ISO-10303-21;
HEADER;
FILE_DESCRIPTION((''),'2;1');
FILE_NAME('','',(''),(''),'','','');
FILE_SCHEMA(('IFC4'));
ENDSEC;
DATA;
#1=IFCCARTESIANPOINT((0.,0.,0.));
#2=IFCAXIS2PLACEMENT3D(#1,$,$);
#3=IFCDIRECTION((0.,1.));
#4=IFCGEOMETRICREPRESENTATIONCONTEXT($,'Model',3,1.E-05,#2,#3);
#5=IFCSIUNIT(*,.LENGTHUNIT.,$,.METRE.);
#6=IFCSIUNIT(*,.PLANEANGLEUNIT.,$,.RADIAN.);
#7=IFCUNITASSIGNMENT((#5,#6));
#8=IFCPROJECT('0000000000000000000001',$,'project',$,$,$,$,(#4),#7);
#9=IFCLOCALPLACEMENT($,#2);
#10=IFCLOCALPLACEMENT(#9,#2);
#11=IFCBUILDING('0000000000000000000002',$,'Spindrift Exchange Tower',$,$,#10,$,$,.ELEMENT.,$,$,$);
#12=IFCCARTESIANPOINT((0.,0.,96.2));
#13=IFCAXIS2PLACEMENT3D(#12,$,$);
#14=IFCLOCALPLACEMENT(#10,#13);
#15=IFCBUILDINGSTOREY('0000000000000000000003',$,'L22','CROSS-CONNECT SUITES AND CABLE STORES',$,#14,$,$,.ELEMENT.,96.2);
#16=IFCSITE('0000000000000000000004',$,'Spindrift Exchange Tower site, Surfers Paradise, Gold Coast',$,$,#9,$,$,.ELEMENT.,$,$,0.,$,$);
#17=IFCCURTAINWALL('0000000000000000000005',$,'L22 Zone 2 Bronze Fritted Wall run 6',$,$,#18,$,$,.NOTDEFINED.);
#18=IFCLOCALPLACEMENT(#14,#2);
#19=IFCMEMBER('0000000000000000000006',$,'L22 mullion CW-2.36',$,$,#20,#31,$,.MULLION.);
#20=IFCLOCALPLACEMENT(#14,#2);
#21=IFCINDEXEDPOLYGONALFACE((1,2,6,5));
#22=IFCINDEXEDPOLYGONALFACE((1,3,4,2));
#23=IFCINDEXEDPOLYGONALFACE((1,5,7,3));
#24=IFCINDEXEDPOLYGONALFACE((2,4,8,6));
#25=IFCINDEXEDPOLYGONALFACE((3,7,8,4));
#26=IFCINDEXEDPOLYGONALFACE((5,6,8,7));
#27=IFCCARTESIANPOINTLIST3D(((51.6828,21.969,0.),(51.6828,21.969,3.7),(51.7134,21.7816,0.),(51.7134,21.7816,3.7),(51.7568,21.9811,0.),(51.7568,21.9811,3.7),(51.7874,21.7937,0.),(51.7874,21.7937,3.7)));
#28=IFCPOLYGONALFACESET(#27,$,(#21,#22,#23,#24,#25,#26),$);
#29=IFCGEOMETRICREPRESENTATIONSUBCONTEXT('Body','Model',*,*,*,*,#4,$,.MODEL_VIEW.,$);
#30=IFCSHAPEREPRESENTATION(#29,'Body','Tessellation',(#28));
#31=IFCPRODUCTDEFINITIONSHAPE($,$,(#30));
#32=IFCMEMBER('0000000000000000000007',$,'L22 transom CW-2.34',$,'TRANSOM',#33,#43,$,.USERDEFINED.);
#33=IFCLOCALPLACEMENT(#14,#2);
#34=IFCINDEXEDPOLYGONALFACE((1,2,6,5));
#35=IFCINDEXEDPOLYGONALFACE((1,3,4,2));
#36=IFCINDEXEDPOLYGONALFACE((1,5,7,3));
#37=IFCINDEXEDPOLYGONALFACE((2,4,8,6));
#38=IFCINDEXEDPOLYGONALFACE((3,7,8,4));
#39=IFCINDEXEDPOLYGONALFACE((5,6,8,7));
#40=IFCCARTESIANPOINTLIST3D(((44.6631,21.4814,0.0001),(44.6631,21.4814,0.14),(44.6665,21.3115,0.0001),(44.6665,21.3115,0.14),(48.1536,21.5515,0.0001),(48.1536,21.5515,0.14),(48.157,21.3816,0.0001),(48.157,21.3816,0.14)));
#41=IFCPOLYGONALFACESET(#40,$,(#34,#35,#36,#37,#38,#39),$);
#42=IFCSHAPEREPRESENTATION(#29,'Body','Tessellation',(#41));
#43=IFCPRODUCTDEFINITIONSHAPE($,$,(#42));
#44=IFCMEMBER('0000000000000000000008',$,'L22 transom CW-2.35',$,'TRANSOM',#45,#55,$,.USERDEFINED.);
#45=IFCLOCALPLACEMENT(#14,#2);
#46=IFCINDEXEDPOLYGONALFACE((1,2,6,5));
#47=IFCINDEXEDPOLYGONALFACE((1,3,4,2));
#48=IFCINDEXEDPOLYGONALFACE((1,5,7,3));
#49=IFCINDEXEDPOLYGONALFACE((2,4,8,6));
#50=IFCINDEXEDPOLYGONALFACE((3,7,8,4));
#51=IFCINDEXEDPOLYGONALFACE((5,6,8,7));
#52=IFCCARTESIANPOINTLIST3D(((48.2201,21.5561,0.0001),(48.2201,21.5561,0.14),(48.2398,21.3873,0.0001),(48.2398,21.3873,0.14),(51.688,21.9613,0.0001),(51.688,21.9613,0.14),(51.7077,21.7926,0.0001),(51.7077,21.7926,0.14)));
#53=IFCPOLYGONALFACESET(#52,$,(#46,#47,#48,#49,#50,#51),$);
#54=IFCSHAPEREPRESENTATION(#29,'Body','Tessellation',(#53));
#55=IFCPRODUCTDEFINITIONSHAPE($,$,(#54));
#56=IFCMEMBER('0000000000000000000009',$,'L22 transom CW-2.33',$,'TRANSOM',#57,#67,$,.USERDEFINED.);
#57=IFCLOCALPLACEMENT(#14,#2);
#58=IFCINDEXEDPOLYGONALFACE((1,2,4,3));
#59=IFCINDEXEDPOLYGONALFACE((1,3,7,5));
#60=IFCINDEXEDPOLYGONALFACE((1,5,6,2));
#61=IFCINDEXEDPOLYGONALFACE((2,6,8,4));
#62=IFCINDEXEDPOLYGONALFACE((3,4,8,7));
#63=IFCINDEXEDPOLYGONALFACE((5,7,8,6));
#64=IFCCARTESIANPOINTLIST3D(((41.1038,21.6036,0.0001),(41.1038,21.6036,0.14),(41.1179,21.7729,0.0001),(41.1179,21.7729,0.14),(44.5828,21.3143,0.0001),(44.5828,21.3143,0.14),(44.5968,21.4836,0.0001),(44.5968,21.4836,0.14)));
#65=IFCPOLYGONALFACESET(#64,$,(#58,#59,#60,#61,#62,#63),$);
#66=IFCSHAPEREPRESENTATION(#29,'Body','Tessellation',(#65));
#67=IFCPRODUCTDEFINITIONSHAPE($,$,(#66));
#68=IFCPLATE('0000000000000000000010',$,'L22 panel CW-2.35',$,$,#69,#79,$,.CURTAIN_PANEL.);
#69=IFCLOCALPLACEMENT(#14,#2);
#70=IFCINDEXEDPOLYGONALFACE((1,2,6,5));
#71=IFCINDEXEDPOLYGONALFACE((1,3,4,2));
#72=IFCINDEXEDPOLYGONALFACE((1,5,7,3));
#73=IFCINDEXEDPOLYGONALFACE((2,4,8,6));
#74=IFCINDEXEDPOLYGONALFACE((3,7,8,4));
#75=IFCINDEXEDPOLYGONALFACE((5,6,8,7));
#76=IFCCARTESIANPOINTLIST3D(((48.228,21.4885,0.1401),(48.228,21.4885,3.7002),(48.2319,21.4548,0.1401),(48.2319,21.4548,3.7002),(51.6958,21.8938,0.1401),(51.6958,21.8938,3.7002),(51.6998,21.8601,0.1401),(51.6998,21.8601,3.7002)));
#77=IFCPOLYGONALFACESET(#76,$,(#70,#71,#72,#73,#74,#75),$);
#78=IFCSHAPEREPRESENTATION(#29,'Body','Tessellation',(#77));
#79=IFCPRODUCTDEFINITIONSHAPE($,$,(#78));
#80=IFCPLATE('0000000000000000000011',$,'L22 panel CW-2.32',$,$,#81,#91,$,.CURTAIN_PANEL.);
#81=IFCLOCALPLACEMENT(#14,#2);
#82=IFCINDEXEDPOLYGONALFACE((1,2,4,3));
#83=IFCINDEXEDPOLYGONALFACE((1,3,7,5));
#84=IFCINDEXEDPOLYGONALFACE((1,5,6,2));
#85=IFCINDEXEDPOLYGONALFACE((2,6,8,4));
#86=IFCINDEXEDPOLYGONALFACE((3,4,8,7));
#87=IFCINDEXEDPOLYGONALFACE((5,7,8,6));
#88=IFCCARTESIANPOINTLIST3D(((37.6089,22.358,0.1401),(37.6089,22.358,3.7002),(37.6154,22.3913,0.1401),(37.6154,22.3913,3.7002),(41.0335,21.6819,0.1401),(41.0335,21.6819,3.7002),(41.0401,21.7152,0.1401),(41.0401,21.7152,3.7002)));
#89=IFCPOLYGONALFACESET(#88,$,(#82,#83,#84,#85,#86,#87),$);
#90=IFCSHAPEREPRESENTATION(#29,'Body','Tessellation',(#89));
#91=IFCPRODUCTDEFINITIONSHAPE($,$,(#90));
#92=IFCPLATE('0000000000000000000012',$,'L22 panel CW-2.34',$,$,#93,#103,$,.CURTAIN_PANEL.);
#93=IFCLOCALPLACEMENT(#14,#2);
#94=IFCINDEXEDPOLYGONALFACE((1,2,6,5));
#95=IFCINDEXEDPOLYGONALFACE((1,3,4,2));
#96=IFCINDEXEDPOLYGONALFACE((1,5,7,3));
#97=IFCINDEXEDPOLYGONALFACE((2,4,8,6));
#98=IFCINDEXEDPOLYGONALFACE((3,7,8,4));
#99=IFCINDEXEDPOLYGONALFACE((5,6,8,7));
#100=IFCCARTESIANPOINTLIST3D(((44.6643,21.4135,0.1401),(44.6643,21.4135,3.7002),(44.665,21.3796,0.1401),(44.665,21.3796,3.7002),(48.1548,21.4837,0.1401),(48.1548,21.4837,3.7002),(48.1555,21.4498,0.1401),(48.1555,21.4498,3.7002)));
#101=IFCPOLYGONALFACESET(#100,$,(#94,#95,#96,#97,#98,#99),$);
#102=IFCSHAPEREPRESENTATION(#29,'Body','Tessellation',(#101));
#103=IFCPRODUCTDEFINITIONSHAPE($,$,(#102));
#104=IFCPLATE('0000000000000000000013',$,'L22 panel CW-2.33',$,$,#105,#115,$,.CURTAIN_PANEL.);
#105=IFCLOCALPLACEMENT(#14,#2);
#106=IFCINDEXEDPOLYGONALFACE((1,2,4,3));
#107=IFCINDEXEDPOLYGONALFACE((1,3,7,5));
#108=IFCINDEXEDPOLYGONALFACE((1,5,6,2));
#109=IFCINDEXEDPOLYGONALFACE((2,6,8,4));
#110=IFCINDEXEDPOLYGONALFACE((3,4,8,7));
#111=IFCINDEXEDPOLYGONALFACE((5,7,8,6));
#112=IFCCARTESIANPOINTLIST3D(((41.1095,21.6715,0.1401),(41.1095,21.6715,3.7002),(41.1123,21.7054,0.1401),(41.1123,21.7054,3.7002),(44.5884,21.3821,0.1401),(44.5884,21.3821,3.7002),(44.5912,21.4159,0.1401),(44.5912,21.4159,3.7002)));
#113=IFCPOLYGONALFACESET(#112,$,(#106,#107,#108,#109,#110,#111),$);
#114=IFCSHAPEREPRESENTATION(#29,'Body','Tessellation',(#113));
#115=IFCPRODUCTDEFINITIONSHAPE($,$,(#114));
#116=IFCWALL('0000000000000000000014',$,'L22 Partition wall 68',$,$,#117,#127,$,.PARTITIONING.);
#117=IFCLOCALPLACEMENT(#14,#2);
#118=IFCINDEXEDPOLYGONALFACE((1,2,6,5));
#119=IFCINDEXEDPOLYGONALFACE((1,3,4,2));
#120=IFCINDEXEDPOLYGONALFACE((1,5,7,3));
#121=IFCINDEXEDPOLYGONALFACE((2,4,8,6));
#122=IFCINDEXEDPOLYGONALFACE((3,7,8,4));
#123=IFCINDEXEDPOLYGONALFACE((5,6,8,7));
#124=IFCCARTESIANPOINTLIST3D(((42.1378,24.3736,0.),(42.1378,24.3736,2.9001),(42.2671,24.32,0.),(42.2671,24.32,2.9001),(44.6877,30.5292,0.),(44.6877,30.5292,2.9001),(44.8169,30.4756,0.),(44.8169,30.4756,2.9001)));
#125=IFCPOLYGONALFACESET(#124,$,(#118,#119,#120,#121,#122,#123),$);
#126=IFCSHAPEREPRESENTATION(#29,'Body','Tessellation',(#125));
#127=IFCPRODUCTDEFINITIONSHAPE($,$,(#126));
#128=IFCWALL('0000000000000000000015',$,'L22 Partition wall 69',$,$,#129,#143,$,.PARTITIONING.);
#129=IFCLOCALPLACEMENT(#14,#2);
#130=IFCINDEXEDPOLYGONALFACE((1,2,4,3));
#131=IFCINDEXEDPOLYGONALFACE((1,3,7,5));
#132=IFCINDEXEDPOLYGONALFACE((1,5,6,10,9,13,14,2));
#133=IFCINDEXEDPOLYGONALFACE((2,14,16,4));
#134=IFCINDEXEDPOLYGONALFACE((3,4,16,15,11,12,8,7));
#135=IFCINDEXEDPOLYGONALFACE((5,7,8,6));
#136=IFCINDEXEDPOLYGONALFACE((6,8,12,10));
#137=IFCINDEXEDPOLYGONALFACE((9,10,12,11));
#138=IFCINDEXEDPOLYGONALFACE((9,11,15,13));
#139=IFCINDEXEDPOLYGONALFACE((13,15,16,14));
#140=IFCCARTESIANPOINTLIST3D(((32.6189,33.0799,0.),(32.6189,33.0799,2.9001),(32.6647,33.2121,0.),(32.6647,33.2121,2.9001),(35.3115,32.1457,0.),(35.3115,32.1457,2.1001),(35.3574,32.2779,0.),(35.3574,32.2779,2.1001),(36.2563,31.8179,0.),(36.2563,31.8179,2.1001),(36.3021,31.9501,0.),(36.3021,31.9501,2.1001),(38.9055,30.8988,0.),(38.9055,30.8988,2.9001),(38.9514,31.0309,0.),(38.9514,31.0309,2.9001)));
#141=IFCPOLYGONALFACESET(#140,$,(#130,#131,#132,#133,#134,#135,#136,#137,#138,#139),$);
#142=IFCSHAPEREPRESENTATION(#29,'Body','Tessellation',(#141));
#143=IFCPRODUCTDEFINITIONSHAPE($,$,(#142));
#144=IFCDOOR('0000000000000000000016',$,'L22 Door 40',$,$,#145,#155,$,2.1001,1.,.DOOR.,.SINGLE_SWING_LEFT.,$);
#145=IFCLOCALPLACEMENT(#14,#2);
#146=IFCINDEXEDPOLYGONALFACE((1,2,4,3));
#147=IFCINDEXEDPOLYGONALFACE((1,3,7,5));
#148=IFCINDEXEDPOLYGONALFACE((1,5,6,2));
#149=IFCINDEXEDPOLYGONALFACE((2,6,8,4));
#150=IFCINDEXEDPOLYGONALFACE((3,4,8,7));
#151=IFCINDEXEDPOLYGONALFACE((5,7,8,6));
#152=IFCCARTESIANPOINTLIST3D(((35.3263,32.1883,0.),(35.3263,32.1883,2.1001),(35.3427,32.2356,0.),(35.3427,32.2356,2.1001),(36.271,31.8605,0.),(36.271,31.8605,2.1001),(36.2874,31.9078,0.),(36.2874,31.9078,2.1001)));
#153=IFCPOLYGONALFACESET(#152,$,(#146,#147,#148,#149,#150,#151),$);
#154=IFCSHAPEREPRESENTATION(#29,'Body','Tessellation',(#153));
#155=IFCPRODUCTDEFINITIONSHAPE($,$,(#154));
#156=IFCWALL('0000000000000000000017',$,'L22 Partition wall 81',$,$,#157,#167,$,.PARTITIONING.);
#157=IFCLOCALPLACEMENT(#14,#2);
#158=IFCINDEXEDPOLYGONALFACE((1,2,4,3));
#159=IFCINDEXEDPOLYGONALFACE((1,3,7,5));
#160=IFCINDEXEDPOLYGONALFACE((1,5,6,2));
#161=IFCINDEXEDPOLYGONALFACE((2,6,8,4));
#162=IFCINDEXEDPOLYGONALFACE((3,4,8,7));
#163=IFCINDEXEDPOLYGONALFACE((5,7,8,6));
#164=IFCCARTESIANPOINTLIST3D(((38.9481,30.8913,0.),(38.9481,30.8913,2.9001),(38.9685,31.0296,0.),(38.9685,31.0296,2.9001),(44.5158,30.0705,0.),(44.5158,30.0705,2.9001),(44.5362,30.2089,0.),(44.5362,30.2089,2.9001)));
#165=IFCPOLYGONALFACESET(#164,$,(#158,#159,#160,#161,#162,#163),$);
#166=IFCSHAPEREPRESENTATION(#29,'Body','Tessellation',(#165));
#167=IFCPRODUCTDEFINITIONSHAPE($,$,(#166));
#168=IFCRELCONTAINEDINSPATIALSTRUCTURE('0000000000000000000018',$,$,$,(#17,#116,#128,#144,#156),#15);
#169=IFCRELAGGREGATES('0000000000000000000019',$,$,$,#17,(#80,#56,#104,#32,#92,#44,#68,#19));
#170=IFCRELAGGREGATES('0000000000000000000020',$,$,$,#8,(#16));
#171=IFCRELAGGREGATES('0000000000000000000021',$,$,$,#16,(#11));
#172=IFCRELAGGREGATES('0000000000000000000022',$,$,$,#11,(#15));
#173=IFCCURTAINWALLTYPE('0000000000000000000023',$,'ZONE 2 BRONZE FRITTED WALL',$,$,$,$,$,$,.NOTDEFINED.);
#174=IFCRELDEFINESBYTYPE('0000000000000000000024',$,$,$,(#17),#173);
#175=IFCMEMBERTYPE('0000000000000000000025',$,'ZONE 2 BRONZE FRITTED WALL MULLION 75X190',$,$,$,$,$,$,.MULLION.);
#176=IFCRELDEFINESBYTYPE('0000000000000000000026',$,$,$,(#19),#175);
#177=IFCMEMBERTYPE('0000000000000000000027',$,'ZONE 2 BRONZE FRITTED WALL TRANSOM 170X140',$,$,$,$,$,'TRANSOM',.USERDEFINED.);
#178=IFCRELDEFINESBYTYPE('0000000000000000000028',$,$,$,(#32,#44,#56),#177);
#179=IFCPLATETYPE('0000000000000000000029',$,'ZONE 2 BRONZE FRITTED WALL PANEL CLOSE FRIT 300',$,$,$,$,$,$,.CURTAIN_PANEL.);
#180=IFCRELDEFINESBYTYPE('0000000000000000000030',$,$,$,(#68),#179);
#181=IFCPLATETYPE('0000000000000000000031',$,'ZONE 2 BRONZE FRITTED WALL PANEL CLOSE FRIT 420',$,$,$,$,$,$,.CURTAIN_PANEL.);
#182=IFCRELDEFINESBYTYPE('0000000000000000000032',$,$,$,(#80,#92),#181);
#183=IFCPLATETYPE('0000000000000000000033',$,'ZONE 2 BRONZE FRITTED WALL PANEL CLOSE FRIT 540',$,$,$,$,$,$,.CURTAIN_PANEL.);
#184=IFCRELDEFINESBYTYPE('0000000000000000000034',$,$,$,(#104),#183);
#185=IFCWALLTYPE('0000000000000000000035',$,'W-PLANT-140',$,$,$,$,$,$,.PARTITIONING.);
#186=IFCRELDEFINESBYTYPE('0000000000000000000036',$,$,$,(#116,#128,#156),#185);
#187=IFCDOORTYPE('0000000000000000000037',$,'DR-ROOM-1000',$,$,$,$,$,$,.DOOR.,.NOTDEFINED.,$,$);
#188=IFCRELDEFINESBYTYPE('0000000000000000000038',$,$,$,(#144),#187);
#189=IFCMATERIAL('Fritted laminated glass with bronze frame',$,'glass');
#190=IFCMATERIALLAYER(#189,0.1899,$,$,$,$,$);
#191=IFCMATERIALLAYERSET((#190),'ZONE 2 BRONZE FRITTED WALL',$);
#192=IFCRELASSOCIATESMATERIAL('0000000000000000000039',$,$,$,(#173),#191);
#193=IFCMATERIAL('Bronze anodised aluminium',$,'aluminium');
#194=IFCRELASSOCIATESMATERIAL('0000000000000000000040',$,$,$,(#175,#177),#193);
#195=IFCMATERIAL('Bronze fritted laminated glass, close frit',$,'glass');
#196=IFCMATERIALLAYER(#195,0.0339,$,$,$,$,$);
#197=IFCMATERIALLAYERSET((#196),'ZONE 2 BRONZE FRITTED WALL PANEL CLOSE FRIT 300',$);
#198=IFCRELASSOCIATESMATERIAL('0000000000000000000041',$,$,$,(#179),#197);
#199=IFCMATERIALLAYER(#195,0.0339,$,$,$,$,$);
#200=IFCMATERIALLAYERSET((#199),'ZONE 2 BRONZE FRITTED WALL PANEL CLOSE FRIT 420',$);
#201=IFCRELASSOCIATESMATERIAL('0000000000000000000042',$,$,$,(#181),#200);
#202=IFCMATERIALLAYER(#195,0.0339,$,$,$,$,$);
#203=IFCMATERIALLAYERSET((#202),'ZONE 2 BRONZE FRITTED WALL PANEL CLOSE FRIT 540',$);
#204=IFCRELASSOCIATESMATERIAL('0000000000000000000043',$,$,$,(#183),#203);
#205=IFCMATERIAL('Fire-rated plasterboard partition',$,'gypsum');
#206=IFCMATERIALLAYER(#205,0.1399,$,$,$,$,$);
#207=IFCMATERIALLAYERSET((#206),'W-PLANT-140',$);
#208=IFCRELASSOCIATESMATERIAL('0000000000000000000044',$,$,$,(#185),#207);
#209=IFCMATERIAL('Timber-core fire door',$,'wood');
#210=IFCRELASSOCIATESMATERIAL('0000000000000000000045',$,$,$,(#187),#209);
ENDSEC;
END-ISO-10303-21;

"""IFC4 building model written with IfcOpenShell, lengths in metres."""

from ifc_helpers import new_model, si_unit, direction, frame, frame_2d, origin, origin_2d, place, context, subcontext, project, spatial, rectangle, extrude, source, transform, mapped, material, layer, layer_set, material_profile, profile_set, type_object, element, fill, aggregate, save


model = new_model("IFC4")

# Units and contexts
model_context = context("Model", 3, precision=1e-05, world=origin(), true_north=direction((0.0, 1.0)))
body_context = subcontext(model_context, "Body", "Model", "MODEL_VIEW")
ifc_project = project(units=[si_unit("LENGTHUNIT", "METRE"), si_unit("PLANEANGLEUNIT", "RADIAN")], contexts=[model_context])

# Site, building, storey
site_placement = place(None, origin())
site = spatial("IfcSite", under=ifc_project, at=site_placement, Name="Spindrift Exchange Tower site, Surfers Paradise, Gold Coast", CompositionType="ELEMENT", RefElevation=0.0)
building_placement = place(site_placement, origin())
building = spatial("IfcBuilding", under=site, at=building_placement, Name="Spindrift Exchange Tower", CompositionType="ELEMENT")
storey_placement = place(building_placement, frame((0.0, 0.0, 96.2)))
storey = spatial("IfcBuildingStorey", under=building, at=storey_placement, Name="L22", Description="CROSS-CONNECT SUITES AND CABLE STORES", CompositionType="ELEMENT", Elevation=96.2)

# Curtain wall, members, plates
ifc_material_1 = material(Name="Fritted laminated glass with bronze frame", Category="glass")
ifc_layer_1 = layer(ifc_material_1, 0.1899)
ifc_layer_set_1 = layer_set([ifc_layer_1], Name="ZONE 2 BRONZE FRITTED WALL")
curtain_wall_type = type_object("IfcCurtainWallType", Name="ZONE 2 BRONZE FRITTED WALL", PredefinedType="NOTDEFINED", material=ifc_layer_set_1)
curtain_wall_placement = place(storey_placement, origin())
curtain_wall = element("IfcCurtainWall", 1, at=curtain_wall_placement, inside=storey, type_object=curtain_wall_type, Name="L22 Zone 2 Bronze Fritted Wall run 6", PredefinedType="NOTDEFINED")
ifc_material_2 = material(Name="Bronze anodised aluminium", Category="aluminium")
ifc_material_profile_1 = material_profile(ifc_material_2, rectangle(XDim=0.075, YDim=0.1899, at=origin_2d()), Name="ZONE 2 BRONZE FRITTED WALL MULLION 75X190")
ifc_profile_set_1 = profile_set([ifc_material_profile_1], Name="Bronze anodised aluminium")
member_type_1 = type_object("IfcMemberType", Name="ZONE 2 BRONZE FRITTED WALL MULLION 75X190", PredefinedType="MULLION", material=ifc_profile_set_1)
shared_shape_1 = source(origin(), body_context, "Body", "SweptSolid", [
    extrude(rectangle(XDim=0.075, YDim=0.1899, at=origin_2d()), origin(), (0.0, 0.0, 1.0), 3.7),
])
member_1_placement = place(storey_placement, frame((51.7351, 21.8813, 0.0), z_axis=(0.0, 0.0, 1.0), x_axis=(0.986923, 0.161193, 0.0)))
member_1 = element("IfcMember", 2, at=member_1_placement, type_object=member_type_1, Name="L22 mullion CW-2.36", PredefinedType="MULLION", context=body_context, shape_type="MappedRepresentation", body=[
    mapped(shared_shape_1, transform((0.0, 0.0, 0.0), scale=1.0)),
])
ifc_material_profile_2 = material_profile(ifc_material_2, rectangle(XDim=0.1699, YDim=0.1399, at=origin_2d()), Name="ZONE 2 BRONZE FRITTED WALL TRANSOM 170X140")
ifc_profile_set_2 = profile_set([ifc_material_profile_2], Name="Bronze anodised aluminium")
member_type_2 = type_object("IfcMemberType", Name="ZONE 2 BRONZE FRITTED WALL TRANSOM 170X140", ElementType="TRANSOM", PredefinedType="USERDEFINED", material=ifc_profile_set_2)
shared_shape_2 = source(origin(), body_context, "Body", "SweptSolid", [
    extrude(rectangle(XDim=0.1699, YDim=0.1399, at=origin_2d()), origin(), (0.0, 0.0, 1.0), 3.4912),
])
member_2_placement = place(storey_placement, frame((44.6648, 21.3965, 0.0701), z_axis=(0.999799, 0.02007, 0.0), x_axis=(-0.02007, 0.999799, 0.0)))
member_2 = element("IfcMember", 3, at=member_2_placement, type_object=member_type_2, Name="L22 transom CW-2.34", ObjectType="TRANSOM", PredefinedType="USERDEFINED", context=body_context, shape_type="MappedRepresentation", body=[
    mapped(shared_shape_2, transform((0.0, 0.0, 0.0), scale=1.0)),
])
shared_shape_3 = source(origin(), body_context, "Body", "SweptSolid", [
    extrude(rectangle(XDim=0.1699, YDim=0.1399, at=origin_2d()), origin(), (0.0, 0.0, 1.0), 3.4915),
])
member_3_placement = place(storey_placement, frame((48.23, 21.4717, 0.0701), z_axis=(0.99324, 0.116078, 0.0), x_axis=(-0.116078, 0.99324, 0.0)))
member_3 = element("IfcMember", 4, at=member_3_placement, type_object=member_type_2, Name="L22 transom CW-2.35", ObjectType="TRANSOM", PredefinedType="USERDEFINED", context=body_context, shape_type="MappedRepresentation", body=[
    mapped(shared_shape_3, transform((0.0, 0.0, 0.0), scale=1.0)),
])
shared_shape_4 = source(origin(), body_context, "Body", "SweptSolid", [
    extrude(rectangle(XDim=0.1699, YDim=0.1399, at=origin_2d()), origin(), (0.0, 0.0, 1.0), 3.491),
])
member_4_placement = place(storey_placement, frame((41.1108, 21.6882, 0.0701), z_axis=(0.99656, -0.082872, 0.0), x_axis=(0.082872, 0.99656, 0.0)))
member_4 = element("IfcMember", 5, at=member_4_placement, type_object=member_type_2, Name="L22 transom CW-2.33", ObjectType="TRANSOM", PredefinedType="USERDEFINED", context=body_context, shape_type="MappedRepresentation", body=[
    mapped(shared_shape_4, transform((0.0, 0.0, 0.0), scale=1.0)),
])
ifc_material_3 = material(Name="Bronze fritted laminated glass, close frit", Category="glass")
ifc_layer_2 = layer(ifc_material_3, 0.0339)
ifc_layer_set_2 = layer_set([ifc_layer_2], Name="ZONE 2 BRONZE FRITTED WALL PANEL CLOSE FRIT 300")
plate_type_1 = type_object("IfcPlateType", Name="ZONE 2 BRONZE FRITTED WALL PANEL CLOSE FRIT 300", PredefinedType="CURTAIN_PANEL", material=ifc_layer_set_2)
shared_shape_5 = source(origin(), body_context, "Body", "SweptSolid", [
    extrude(rectangle(XDim=3.4915, YDim=0.0339, at=origin_2d()), origin(), (0.0, 0.0, 1.0), 3.5601),
])
plate_1_placement = place(storey_placement, frame((49.9639, 21.6743, 0.1401), z_axis=(0.0, 0.0, 1.0), x_axis=(0.99324, 0.116083, 0.0)))
plate_1 = element("IfcPlate", 6, at=plate_1_placement, type_object=plate_type_1, Name="L22 panel CW-2.35", PredefinedType="CURTAIN_PANEL", context=body_context, shape_type="MappedRepresentation", body=[
    mapped(shared_shape_5, transform((0.0, 0.0, 0.0), scale=1.0)),
])
ifc_layer_3 = layer(ifc_material_3, 0.0339)
ifc_layer_set_3 = layer_set([ifc_layer_3], Name="ZONE 2 BRONZE FRITTED WALL PANEL CLOSE FRIT 420")
plate_type_2 = type_object("IfcPlateType", Name="ZONE 2 BRONZE FRITTED WALL PANEL CLOSE FRIT 420", PredefinedType="CURTAIN_PANEL", material=ifc_layer_set_3)
shared_shape_6 = source(origin(), body_context, "Body", "SweptSolid", [
    extrude(rectangle(XDim=3.4907, YDim=0.0339, at=origin_2d()), origin(), (0.0, 0.0, 1.0), 3.5601),
])
plate_2_placement = place(storey_placement, frame((39.3245, 22.0366, 0.1401), z_axis=(0.0, 0.0, 1.0), x_axis=(0.981065, -0.193678, 0.0)))
plate_2 = element("IfcPlate", 7, at=plate_2_placement, type_object=plate_type_2, Name="L22 panel CW-2.32", PredefinedType="CURTAIN_PANEL", context=body_context, shape_type="MappedRepresentation", body=[
    mapped(shared_shape_6, transform((0.0, 0.0, 0.0), scale=1.0)),
])
shared_shape_7 = source(origin(), body_context, "Body", "SweptSolid", [
    extrude(rectangle(XDim=3.4912, YDim=0.0339, at=origin_2d()), origin(), (0.0, 0.0, 1.0), 3.5601),
])
plate_3_placement = place(storey_placement, frame((46.4099, 21.4316, 0.1401), z_axis=(0.0, 0.0, 1.0), x_axis=(0.999798, 0.020105, 0.0)))
plate_3 = element("IfcPlate", 8, at=plate_3_placement, type_object=plate_type_2, Name="L22 panel CW-2.34", PredefinedType="CURTAIN_PANEL", context=body_context, shape_type="MappedRepresentation", body=[
    mapped(shared_shape_7, transform((0.0, 0.0, 0.0), scale=1.0)),
])
ifc_layer_4 = layer(ifc_material_3, 0.0339)
ifc_layer_set_4 = layer_set([ifc_layer_4], Name="ZONE 2 BRONZE FRITTED WALL PANEL CLOSE FRIT 540")
plate_type_3 = type_object("IfcPlateType", Name="ZONE 2 BRONZE FRITTED WALL PANEL CLOSE FRIT 540", PredefinedType="CURTAIN_PANEL", material=ifc_layer_set_4)
shared_shape_8 = source(origin(), body_context, "Body", "SweptSolid", [
    extrude(rectangle(XDim=3.491, YDim=0.0339, at=origin_2d()), origin(), (0.0, 0.0, 1.0), 3.5601),
])
plate_4_placement = place(storey_placement, frame((42.8503, 21.5437, 0.1401), z_axis=(0.0, 0.0, 1.0), x_axis=(0.996556, -0.082923, 0.0)))
plate_4 = element("IfcPlate", 9, at=plate_4_placement, type_object=plate_type_3, Name="L22 panel CW-2.33", PredefinedType="CURTAIN_PANEL", context=body_context, shape_type="MappedRepresentation", body=[
    mapped(shared_shape_8, transform((0.0, 0.0, 0.0), scale=1.0)),
])
aggregate(curtain_wall, [plate_2, member_4, plate_4, member_2, plate_3, member_3, plate_1, member_1])

# Wall
ifc_material_4 = material(Name="Fire-rated plasterboard partition", Category="gypsum")
ifc_layer_5 = layer(ifc_material_4, 0.1399)
ifc_layer_set_5 = layer_set([ifc_layer_5], Name="W-PLANT-140")
wall_type = type_object("IfcWallType", Name="W-PLANT-140", PredefinedType="PARTITIONING", material=ifc_layer_set_5)
wall_1_placement = place(storey_placement, frame((42.2024, 24.3467, 0.0), z_axis=(0.0, 0.0, 1.0), x_axis=(0.382697, 0.923874, 0.0)))
element("IfcWall", 10, at=wall_1_placement, inside=storey, type_object=wall_type, Name="L22 Partition wall 68", PredefinedType="PARTITIONING", context=body_context, shape_type="SweptSolid", body=[
    extrude(rectangle(XDim=6.6628, YDim=0.1399, at=frame_2d((3.3315, 0.0))), origin(), (0.0, 0.0, 1.0), 2.9001),
])

# Wall, opening, door
wall_2_placement = place(storey_placement, frame((38.9285, 30.9648, 0.0), z_axis=(0.0, 0.0, 1.0), x_axis=(-0.944753, 0.327783, 0.0)))
wall_2 = element("IfcWall", 11, at=wall_2_placement, inside=storey, type_object=wall_type, Name="L22 Partition wall 69", PredefinedType="PARTITIONING", context=body_context, shape_type="SweptSolid", body=[
    extrude(rectangle(XDim=6.6543, YDim=0.1399, at=frame_2d((3.3271, 0.0))), origin(), (0.0, 0.0, 1.0), 2.9001),
])
opening_placement = place(wall_2_placement, frame((2.8042, 0.0, 0.0)))
opening = element("IfcOpeningElement", 12, at=opening_placement, cuts=wall_2, PredefinedType="OPENING", context=body_context, shape_type="SweptSolid", body=[
    extrude(rectangle(XDim=1.0, YDim=2.1001, at=frame_2d((0.5, 1.05))), frame((0.0, 0.0798, 0.0), z_axis=(0.0, -1.0, 0.0), x_axis=(1.0, 0.0, 0.0)), (0.0, 0.0, 1.0), 0.1599),
])
ifc_material_5 = material(Name="Timber-core fire door", Category="wood")
door_type = type_object("IfcDoorType", Name="DR-ROOM-1000", OperationType="NOTDEFINED", PredefinedType="DOOR", material=ifc_material_5)
shared_shape_9 = source(origin(), body_context, "Body", "SweptSolid", [
    extrude(rectangle(XDim=1.0, YDim=2.1001, at=frame_2d((0.5, 1.05))), frame((0.0, 0.0249, 0.0), z_axis=(0.0, -1.0, 0.0), x_axis=(1.0, 0.0, 0.0)), (0.0, 0.0, 1.0), 0.05),
])
door_placement = place(opening_placement, origin())
door = element("IfcDoor", 13, at=door_placement, inside=storey, type_object=door_type, Name="L22 Door 40", OperationType="SINGLE_SWING_LEFT", OverallHeight=2.1001, OverallWidth=1.0, PredefinedType="DOOR", context=body_context, shape_type="MappedRepresentation", body=[
    mapped(shared_shape_9, transform((0.0, 0.0, 0.0), scale=1.0)),
])
fill(opening, door)

# Wall
wall_3_placement = place(storey_placement, frame((38.9583, 30.9604, 0.0), z_axis=(0.0, 0.0, 1.0), x_axis=(0.989308, -0.145841, 0.0)))
element("IfcWall", 14, at=wall_3_placement, inside=storey, type_object=wall_type, Name="L22 Partition wall 81", PredefinedType="PARTITIONING", context=body_context, shape_type="SweptSolid", body=[
    extrude(rectangle(XDim=5.6279, YDim=0.1399, at=frame_2d((2.814, 0.0))), origin(), (0.0, 0.0, 1.0), 2.9001),
])

save(model, "model.ifc")
